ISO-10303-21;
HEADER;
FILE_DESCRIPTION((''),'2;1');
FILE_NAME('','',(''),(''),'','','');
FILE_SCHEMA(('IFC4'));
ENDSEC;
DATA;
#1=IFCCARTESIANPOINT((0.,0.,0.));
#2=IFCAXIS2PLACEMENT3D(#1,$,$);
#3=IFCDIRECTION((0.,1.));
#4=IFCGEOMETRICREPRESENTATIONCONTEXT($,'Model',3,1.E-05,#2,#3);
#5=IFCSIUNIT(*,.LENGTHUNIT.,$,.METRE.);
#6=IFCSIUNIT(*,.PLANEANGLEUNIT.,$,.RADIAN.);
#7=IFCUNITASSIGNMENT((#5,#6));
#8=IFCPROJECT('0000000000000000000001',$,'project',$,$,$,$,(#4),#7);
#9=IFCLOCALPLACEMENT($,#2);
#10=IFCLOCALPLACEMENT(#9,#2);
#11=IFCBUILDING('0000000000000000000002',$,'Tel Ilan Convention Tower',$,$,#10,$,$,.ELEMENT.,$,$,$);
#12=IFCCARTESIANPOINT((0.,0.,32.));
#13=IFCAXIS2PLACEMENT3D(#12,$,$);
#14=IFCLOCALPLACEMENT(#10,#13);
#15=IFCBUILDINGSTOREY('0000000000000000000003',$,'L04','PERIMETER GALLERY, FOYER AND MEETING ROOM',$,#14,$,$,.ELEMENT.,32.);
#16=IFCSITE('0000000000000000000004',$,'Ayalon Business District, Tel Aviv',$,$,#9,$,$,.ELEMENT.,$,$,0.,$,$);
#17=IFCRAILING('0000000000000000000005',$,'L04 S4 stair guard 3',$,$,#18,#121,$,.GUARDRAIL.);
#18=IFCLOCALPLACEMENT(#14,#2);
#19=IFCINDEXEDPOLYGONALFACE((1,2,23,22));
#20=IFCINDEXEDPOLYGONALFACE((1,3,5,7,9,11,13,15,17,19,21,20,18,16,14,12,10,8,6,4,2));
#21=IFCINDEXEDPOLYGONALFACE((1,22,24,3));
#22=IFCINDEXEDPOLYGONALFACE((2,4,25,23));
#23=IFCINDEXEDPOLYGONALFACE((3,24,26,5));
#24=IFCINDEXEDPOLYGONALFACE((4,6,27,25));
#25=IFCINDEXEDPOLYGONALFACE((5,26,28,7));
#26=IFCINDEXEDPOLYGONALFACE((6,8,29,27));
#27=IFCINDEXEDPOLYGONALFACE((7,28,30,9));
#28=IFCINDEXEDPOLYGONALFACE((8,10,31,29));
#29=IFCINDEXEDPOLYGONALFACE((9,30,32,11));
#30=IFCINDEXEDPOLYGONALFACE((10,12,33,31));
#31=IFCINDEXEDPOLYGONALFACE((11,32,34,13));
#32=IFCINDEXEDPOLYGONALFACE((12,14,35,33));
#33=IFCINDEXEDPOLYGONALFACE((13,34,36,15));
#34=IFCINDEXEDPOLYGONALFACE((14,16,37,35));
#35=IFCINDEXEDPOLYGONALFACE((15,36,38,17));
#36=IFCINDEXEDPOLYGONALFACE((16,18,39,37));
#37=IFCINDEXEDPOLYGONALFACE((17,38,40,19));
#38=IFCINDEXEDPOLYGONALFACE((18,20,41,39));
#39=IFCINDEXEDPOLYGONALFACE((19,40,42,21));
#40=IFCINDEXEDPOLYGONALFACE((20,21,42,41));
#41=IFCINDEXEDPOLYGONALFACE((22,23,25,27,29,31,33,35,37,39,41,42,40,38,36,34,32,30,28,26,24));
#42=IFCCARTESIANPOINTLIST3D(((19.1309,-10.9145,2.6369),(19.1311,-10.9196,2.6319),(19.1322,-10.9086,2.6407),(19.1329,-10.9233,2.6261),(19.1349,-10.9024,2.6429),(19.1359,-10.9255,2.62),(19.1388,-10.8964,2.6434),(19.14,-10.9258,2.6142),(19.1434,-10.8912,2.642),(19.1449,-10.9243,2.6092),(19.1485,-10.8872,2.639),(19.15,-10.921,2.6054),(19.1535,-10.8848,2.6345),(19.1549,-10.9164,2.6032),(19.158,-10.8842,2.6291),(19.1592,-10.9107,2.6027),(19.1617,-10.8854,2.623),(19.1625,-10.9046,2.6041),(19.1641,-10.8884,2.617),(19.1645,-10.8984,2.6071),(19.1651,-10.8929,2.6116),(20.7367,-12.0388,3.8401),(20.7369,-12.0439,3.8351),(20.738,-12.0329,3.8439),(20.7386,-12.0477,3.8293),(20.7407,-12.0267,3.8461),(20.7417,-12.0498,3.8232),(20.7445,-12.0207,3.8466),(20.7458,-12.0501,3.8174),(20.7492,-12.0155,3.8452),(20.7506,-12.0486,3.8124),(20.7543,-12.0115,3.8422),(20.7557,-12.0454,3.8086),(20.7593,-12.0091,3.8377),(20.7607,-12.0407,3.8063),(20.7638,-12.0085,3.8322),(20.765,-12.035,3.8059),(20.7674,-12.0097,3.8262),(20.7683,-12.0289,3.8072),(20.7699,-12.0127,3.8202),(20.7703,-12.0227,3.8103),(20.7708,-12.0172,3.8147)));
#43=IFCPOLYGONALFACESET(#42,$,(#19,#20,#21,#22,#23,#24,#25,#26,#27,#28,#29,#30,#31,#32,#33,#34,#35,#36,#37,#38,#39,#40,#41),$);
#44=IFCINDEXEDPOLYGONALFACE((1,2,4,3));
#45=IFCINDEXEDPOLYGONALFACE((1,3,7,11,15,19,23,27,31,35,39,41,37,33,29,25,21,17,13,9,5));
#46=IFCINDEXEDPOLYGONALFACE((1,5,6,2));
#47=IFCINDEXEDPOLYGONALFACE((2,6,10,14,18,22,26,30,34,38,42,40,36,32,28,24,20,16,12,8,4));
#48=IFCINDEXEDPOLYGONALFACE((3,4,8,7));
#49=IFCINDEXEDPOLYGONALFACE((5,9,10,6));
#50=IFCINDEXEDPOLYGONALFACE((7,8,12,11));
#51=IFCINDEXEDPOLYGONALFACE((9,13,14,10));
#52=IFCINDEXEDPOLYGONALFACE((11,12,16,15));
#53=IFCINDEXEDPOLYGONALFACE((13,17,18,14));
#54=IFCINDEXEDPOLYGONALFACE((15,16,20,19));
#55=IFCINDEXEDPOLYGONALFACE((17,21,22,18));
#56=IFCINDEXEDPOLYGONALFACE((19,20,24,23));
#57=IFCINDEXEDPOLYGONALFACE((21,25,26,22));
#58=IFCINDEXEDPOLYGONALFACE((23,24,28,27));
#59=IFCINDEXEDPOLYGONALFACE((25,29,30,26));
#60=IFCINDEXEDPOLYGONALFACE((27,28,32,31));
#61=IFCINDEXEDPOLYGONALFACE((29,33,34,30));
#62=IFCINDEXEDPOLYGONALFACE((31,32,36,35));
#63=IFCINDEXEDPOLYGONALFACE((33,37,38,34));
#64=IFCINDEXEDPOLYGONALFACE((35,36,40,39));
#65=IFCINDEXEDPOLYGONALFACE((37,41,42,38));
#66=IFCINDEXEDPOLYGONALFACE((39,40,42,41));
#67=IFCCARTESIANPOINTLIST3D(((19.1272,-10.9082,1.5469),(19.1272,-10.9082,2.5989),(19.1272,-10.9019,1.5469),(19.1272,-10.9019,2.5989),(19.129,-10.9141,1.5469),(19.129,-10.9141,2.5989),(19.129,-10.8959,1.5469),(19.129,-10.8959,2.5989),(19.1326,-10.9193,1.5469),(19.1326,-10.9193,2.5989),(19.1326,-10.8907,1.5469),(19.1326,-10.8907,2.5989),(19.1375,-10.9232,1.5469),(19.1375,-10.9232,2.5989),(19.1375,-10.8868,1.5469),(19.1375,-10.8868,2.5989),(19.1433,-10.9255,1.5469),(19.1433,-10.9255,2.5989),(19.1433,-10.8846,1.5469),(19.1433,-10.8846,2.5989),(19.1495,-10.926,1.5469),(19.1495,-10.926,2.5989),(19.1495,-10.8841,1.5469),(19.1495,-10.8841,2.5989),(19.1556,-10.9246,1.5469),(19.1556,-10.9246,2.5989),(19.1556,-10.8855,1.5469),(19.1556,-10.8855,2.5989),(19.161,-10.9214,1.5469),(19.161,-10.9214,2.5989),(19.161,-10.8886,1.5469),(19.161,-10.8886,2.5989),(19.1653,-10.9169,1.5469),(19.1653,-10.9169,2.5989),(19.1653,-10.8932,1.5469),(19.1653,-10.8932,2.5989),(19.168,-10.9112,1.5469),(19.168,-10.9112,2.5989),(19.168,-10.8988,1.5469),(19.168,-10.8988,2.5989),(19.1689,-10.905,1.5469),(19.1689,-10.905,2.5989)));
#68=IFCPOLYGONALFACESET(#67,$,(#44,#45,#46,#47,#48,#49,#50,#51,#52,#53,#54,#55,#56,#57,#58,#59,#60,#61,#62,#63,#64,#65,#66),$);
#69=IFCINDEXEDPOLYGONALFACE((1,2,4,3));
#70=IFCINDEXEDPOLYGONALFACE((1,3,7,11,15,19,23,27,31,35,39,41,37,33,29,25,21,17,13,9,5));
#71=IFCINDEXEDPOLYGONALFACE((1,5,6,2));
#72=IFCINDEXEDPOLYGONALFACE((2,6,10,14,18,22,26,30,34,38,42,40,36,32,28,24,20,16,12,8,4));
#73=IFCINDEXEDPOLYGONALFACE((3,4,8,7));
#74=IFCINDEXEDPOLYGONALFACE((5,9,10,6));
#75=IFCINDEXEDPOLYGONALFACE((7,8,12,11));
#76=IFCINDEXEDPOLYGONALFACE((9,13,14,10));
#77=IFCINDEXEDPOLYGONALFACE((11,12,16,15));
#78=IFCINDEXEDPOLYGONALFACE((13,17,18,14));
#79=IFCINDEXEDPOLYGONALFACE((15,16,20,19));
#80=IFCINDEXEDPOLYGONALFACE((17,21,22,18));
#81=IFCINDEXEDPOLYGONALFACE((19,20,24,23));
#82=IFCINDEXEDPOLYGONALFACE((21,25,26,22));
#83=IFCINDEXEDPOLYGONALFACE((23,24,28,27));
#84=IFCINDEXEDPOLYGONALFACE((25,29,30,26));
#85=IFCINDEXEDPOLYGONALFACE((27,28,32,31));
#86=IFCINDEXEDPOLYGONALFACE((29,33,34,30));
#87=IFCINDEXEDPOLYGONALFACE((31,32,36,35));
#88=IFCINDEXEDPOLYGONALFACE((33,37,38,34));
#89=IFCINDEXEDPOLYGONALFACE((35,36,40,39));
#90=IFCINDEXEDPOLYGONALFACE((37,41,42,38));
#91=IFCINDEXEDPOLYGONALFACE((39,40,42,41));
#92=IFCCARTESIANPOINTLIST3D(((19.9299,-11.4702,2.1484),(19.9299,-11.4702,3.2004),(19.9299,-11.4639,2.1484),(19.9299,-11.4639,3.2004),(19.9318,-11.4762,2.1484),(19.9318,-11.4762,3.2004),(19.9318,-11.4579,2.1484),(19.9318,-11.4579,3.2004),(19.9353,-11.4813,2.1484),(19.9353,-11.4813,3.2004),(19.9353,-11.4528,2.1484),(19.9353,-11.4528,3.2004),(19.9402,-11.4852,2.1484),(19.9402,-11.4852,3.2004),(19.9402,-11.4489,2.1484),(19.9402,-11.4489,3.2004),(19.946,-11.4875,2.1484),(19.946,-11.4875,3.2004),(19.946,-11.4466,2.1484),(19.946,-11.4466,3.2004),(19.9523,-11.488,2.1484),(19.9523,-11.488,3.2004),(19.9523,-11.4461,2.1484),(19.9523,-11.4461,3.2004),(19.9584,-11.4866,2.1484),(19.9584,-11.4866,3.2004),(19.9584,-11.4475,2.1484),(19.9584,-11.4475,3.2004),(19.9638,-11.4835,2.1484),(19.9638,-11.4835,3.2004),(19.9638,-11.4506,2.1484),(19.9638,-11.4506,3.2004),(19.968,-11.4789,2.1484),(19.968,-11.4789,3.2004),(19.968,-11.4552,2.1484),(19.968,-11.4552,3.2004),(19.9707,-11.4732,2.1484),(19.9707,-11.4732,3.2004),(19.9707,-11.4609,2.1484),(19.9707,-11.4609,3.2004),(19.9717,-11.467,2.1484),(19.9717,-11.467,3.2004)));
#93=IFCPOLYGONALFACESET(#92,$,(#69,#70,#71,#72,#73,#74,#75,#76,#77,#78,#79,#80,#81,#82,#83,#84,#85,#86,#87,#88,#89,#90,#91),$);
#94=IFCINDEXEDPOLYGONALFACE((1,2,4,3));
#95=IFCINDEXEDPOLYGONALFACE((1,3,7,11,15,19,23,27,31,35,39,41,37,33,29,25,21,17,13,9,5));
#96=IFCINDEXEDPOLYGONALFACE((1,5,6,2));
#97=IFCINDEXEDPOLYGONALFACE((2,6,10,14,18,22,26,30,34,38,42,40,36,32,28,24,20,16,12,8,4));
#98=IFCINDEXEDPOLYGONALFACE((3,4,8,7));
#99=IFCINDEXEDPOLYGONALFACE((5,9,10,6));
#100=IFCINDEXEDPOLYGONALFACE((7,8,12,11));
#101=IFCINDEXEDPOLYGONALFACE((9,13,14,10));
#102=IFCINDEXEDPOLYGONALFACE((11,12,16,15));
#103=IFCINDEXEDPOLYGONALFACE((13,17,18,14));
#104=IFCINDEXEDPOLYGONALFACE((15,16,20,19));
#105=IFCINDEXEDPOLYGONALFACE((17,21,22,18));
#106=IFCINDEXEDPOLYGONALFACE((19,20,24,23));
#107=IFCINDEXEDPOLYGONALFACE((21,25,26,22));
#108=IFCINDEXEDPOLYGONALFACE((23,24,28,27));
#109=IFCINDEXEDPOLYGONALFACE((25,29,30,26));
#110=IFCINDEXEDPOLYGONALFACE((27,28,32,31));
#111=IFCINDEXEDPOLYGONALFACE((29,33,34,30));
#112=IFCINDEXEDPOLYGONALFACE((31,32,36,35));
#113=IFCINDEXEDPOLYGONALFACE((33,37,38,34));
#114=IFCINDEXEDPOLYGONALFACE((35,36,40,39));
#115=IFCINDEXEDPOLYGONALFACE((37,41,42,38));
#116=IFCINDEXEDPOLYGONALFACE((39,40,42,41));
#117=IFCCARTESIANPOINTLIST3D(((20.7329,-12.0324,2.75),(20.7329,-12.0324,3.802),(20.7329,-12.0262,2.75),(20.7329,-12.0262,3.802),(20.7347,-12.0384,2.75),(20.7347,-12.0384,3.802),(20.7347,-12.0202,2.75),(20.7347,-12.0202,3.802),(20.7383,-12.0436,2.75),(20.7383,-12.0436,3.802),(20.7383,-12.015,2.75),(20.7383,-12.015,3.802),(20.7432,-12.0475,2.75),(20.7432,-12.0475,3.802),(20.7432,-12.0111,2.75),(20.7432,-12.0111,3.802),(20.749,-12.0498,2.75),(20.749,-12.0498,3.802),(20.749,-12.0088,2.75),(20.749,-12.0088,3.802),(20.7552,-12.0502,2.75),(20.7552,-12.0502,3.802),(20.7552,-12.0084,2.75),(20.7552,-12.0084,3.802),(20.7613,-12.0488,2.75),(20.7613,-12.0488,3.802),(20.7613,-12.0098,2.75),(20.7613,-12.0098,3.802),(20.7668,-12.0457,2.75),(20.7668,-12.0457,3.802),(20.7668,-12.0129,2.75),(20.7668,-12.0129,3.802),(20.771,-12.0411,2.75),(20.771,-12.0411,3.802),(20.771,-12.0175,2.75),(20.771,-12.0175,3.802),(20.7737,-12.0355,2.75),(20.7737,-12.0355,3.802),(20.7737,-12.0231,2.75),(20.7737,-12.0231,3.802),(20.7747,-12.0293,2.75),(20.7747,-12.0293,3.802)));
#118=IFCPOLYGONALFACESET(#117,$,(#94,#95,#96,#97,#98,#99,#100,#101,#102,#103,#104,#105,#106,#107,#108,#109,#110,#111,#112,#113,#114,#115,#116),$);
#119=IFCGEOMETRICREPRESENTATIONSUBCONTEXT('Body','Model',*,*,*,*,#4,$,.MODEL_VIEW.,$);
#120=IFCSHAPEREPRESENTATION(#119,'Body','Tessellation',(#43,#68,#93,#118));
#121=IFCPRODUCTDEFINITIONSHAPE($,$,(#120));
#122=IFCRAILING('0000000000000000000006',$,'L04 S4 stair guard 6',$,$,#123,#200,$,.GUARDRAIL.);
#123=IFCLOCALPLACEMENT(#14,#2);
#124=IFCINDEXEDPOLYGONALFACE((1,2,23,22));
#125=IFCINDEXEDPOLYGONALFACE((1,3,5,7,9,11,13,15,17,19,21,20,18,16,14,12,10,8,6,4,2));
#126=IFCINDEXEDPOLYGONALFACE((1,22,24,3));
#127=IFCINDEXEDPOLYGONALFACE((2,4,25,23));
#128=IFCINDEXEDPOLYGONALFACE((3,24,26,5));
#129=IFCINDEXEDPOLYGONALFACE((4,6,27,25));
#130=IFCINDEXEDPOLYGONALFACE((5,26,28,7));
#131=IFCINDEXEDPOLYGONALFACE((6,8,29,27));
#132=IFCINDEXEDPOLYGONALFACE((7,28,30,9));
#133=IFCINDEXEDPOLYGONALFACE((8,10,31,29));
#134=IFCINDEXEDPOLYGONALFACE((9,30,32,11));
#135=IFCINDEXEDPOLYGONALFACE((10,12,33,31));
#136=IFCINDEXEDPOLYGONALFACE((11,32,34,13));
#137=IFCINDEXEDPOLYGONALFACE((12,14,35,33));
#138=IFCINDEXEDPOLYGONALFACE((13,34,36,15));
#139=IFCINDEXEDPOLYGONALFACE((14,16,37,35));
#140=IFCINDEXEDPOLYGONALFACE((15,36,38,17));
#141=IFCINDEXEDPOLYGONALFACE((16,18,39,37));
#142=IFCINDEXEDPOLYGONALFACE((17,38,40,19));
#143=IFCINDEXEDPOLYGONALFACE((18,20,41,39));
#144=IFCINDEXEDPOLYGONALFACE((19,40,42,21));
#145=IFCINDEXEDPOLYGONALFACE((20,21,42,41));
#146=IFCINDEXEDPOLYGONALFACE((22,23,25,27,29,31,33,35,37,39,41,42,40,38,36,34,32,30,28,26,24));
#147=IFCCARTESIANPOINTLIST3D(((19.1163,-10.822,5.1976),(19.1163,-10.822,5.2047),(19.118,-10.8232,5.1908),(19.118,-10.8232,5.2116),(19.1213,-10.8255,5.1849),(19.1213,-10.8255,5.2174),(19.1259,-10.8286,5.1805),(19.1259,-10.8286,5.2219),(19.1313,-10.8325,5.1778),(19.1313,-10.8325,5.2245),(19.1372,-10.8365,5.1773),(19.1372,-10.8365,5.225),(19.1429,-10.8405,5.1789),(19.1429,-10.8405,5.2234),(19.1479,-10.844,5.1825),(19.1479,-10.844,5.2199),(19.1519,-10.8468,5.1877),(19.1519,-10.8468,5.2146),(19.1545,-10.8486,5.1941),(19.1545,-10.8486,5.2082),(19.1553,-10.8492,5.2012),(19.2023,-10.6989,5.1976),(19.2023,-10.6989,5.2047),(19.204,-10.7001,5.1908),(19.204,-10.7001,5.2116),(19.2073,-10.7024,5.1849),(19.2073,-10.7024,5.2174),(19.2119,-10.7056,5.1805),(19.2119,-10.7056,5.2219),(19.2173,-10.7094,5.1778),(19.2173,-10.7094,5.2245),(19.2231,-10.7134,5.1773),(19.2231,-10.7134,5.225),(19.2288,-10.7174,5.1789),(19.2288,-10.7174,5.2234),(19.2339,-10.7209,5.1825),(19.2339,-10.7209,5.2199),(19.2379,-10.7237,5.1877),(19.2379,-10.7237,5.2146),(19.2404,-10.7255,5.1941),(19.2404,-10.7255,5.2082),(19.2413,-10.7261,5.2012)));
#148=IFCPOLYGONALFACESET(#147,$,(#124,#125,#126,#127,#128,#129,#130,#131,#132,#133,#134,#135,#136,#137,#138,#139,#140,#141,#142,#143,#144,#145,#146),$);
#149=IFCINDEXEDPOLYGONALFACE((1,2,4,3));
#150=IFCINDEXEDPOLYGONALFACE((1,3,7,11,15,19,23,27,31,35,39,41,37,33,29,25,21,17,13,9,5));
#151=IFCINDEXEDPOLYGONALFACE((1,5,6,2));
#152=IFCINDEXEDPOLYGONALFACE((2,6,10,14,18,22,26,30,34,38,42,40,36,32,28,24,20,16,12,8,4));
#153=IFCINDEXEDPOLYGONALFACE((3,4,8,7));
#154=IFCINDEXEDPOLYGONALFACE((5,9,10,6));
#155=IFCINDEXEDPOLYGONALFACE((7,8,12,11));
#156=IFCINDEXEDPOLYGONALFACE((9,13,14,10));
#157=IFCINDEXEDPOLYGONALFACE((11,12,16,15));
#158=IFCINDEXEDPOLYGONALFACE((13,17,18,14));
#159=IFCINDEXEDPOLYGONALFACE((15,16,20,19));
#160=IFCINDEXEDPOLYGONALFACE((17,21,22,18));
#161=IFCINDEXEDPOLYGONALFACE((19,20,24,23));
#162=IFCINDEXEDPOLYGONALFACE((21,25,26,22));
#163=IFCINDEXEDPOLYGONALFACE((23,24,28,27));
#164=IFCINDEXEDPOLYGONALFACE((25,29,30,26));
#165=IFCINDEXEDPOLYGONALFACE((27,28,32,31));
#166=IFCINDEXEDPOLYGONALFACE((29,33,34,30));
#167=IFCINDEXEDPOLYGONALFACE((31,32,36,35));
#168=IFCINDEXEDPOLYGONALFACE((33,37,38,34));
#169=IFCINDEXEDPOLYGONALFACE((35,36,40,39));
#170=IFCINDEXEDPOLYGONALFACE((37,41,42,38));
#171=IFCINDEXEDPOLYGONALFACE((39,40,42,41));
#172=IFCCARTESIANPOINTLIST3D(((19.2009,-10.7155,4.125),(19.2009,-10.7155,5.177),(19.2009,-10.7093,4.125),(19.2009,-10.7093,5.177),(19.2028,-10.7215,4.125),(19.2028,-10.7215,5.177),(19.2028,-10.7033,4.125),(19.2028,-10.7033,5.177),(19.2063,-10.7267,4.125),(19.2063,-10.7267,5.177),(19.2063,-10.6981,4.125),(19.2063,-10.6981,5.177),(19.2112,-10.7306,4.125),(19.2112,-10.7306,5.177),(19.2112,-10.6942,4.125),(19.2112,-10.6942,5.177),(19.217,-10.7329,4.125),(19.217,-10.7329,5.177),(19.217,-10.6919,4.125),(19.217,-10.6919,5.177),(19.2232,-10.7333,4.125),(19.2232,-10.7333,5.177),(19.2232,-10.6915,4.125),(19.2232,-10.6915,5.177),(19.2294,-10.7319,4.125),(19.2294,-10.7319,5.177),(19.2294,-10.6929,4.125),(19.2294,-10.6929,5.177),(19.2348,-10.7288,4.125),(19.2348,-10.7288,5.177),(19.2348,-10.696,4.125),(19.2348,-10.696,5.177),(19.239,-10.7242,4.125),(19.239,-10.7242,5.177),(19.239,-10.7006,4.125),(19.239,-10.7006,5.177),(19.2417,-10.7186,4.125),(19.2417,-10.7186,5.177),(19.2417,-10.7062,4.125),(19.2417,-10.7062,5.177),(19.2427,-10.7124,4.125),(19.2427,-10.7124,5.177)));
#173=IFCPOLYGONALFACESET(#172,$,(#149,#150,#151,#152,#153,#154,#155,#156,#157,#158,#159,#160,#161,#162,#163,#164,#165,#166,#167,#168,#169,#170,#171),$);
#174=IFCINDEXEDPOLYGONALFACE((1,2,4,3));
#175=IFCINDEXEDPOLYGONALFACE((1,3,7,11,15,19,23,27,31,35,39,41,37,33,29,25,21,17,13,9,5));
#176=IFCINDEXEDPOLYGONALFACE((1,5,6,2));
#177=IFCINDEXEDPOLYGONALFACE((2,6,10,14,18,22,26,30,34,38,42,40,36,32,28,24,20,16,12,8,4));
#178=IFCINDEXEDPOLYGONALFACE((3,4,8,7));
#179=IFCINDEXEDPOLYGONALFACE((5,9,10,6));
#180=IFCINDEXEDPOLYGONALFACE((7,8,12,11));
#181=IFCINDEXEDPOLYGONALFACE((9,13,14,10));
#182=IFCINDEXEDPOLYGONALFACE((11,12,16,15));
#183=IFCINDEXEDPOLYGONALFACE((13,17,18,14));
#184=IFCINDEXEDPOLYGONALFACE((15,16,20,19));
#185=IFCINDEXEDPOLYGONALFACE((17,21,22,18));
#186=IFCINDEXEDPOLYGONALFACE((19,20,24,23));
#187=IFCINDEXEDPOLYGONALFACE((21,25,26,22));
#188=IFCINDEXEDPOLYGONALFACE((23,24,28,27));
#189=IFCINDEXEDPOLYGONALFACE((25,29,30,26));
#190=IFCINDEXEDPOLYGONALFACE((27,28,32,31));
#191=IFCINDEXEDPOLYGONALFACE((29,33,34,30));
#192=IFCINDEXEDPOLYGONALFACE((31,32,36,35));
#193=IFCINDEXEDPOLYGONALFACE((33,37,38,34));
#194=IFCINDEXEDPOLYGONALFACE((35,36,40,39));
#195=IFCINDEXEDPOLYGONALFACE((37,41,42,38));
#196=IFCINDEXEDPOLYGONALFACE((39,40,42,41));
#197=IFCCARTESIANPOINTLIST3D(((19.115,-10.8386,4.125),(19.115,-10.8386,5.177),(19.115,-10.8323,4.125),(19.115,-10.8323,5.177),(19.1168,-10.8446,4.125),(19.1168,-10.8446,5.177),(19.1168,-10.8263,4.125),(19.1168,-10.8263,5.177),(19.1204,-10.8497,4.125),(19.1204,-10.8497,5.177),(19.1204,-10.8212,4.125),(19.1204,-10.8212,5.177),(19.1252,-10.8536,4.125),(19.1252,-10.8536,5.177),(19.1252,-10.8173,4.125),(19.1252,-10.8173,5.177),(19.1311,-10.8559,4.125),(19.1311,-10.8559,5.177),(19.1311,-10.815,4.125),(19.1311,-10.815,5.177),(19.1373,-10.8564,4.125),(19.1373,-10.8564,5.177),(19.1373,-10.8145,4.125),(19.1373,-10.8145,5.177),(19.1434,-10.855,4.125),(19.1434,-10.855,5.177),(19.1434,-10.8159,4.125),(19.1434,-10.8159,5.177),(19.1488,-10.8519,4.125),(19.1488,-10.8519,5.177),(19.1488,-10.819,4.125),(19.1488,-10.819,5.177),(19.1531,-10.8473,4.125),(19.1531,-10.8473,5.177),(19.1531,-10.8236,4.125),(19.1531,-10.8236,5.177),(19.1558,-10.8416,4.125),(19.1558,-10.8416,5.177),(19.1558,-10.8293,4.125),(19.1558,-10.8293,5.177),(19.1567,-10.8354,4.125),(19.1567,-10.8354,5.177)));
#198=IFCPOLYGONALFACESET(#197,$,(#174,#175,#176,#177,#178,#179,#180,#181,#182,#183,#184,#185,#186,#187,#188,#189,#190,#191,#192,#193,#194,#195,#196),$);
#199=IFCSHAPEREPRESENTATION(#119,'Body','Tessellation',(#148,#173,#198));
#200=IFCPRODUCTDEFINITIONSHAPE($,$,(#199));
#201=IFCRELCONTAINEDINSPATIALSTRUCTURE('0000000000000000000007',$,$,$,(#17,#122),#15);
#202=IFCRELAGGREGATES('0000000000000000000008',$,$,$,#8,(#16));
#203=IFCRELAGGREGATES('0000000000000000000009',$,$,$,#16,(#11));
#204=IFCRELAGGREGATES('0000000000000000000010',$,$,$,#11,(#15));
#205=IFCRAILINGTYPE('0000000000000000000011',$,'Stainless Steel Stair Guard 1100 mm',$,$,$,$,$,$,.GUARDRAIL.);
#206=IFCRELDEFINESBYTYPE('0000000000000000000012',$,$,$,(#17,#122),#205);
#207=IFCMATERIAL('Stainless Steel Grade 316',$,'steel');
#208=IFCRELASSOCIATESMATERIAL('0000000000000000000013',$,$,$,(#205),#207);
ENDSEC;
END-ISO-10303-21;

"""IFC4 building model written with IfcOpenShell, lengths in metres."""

from ifc_helpers import new_model, si_unit, direction, frame, origin, origin_2d, place, context, subcontext, project, spatial, circle, extrude, material, type_object, element, save


model = new_model("IFC4")

# Units and contexts
model_context = context("Model", 3, precision=1e-05, world=origin(), true_north=direction((0.0, 1.0)))
body_context = subcontext(model_context, "Body", "Model", "MODEL_VIEW")
ifc_project = project(units=[si_unit("LENGTHUNIT", "METRE"), si_unit("PLANEANGLEUNIT", "RADIAN")], contexts=[model_context])

# Site, building, storey
site_placement = place(None, origin())
site = spatial("IfcSite", under=ifc_project, at=site_placement, Name="Ayalon Business District, Tel Aviv", CompositionType="ELEMENT", RefElevation=0.0)
building_placement = place(site_placement, origin())
building = spatial("IfcBuilding", under=site, at=building_placement, Name="Tel Ilan Convention Tower", CompositionType="ELEMENT")
storey_placement = place(building_placement, frame((0.0, 0.0, 32.0)))
storey = spatial("IfcBuildingStorey", under=building, at=storey_placement, Name="L04", Description="PERIMETER GALLERY, FOYER AND MEETING ROOM", CompositionType="ELEMENT", Elevation=32.0)

# Railings
ifc_material_1 = material(Name="Stainless Steel Grade 316", Category="steel")
railing_type_1 = type_object("IfcRailingType", Name="Stainless Steel Stair Guard 1100 mm", PredefinedType="GUARDRAIL", material=ifc_material_1)
railing_1_placement = place(storey_placement, frame((19.1479, -10.905, 1.5469)))
element("IfcRailing", 1, at=railing_1_placement, inside=storey, type_object=railing_type_1, Name="L04 S4 stair guard 3", PredefinedType="GUARDRAIL", context=body_context, shape_type="SweptSolid", body=[
    extrude(circle(Radius=0.0239, at=origin_2d()), frame((0.0, 0.0, 1.0762), z_axis=(0.698149, -0.488821, 0.523108), x_axis=(0.573554, 0.819168, 0.0)), (0.0, 0.0, 1.0), 2.3),
    extrude(circle(Radius=0.021, at=origin_2d()), origin(), (0.0, 0.0, 1.0), 1.052),
    extrude(circle(Radius=0.021, at=origin_2d()), frame((0.8027, -0.562, 0.6016)), (0.0, 0.0, 1.0), 1.052),
    extrude(circle(Radius=0.021, at=origin_2d()), frame((1.6057, -1.1243, 1.2031)), (0.0, 0.0, 1.0), 1.052),
])
railing_2_placement = place(storey_placement, frame((19.2217, -10.7124, 4.125)))
element("IfcRailing", 2, at=railing_2_placement, inside=storey, type_object=railing_type_1, Name="L04 S4 stair guard 6", PredefinedType="GUARDRAIL", context=body_context, shape_type="SweptSolid", body=[
    extrude(circle(Radius=0.0239, at=origin_2d()), frame((0.0, 0.0, 1.0762), z_axis=(-0.572589, -0.819843, 0.0), x_axis=(0.819843, -0.572589, 0.0)), (0.0, 0.0, 1.0), 0.1501),
    extrude(circle(Radius=0.021, at=origin_2d()), origin(), (0.0, 0.0, 1.0), 1.052),
    extrude(circle(Radius=0.021, at=origin_2d()), frame((-0.0859, -0.123, 0.0)), (0.0, 0.0, 1.0), 1.052),
])

save(model, "model.ifc")
